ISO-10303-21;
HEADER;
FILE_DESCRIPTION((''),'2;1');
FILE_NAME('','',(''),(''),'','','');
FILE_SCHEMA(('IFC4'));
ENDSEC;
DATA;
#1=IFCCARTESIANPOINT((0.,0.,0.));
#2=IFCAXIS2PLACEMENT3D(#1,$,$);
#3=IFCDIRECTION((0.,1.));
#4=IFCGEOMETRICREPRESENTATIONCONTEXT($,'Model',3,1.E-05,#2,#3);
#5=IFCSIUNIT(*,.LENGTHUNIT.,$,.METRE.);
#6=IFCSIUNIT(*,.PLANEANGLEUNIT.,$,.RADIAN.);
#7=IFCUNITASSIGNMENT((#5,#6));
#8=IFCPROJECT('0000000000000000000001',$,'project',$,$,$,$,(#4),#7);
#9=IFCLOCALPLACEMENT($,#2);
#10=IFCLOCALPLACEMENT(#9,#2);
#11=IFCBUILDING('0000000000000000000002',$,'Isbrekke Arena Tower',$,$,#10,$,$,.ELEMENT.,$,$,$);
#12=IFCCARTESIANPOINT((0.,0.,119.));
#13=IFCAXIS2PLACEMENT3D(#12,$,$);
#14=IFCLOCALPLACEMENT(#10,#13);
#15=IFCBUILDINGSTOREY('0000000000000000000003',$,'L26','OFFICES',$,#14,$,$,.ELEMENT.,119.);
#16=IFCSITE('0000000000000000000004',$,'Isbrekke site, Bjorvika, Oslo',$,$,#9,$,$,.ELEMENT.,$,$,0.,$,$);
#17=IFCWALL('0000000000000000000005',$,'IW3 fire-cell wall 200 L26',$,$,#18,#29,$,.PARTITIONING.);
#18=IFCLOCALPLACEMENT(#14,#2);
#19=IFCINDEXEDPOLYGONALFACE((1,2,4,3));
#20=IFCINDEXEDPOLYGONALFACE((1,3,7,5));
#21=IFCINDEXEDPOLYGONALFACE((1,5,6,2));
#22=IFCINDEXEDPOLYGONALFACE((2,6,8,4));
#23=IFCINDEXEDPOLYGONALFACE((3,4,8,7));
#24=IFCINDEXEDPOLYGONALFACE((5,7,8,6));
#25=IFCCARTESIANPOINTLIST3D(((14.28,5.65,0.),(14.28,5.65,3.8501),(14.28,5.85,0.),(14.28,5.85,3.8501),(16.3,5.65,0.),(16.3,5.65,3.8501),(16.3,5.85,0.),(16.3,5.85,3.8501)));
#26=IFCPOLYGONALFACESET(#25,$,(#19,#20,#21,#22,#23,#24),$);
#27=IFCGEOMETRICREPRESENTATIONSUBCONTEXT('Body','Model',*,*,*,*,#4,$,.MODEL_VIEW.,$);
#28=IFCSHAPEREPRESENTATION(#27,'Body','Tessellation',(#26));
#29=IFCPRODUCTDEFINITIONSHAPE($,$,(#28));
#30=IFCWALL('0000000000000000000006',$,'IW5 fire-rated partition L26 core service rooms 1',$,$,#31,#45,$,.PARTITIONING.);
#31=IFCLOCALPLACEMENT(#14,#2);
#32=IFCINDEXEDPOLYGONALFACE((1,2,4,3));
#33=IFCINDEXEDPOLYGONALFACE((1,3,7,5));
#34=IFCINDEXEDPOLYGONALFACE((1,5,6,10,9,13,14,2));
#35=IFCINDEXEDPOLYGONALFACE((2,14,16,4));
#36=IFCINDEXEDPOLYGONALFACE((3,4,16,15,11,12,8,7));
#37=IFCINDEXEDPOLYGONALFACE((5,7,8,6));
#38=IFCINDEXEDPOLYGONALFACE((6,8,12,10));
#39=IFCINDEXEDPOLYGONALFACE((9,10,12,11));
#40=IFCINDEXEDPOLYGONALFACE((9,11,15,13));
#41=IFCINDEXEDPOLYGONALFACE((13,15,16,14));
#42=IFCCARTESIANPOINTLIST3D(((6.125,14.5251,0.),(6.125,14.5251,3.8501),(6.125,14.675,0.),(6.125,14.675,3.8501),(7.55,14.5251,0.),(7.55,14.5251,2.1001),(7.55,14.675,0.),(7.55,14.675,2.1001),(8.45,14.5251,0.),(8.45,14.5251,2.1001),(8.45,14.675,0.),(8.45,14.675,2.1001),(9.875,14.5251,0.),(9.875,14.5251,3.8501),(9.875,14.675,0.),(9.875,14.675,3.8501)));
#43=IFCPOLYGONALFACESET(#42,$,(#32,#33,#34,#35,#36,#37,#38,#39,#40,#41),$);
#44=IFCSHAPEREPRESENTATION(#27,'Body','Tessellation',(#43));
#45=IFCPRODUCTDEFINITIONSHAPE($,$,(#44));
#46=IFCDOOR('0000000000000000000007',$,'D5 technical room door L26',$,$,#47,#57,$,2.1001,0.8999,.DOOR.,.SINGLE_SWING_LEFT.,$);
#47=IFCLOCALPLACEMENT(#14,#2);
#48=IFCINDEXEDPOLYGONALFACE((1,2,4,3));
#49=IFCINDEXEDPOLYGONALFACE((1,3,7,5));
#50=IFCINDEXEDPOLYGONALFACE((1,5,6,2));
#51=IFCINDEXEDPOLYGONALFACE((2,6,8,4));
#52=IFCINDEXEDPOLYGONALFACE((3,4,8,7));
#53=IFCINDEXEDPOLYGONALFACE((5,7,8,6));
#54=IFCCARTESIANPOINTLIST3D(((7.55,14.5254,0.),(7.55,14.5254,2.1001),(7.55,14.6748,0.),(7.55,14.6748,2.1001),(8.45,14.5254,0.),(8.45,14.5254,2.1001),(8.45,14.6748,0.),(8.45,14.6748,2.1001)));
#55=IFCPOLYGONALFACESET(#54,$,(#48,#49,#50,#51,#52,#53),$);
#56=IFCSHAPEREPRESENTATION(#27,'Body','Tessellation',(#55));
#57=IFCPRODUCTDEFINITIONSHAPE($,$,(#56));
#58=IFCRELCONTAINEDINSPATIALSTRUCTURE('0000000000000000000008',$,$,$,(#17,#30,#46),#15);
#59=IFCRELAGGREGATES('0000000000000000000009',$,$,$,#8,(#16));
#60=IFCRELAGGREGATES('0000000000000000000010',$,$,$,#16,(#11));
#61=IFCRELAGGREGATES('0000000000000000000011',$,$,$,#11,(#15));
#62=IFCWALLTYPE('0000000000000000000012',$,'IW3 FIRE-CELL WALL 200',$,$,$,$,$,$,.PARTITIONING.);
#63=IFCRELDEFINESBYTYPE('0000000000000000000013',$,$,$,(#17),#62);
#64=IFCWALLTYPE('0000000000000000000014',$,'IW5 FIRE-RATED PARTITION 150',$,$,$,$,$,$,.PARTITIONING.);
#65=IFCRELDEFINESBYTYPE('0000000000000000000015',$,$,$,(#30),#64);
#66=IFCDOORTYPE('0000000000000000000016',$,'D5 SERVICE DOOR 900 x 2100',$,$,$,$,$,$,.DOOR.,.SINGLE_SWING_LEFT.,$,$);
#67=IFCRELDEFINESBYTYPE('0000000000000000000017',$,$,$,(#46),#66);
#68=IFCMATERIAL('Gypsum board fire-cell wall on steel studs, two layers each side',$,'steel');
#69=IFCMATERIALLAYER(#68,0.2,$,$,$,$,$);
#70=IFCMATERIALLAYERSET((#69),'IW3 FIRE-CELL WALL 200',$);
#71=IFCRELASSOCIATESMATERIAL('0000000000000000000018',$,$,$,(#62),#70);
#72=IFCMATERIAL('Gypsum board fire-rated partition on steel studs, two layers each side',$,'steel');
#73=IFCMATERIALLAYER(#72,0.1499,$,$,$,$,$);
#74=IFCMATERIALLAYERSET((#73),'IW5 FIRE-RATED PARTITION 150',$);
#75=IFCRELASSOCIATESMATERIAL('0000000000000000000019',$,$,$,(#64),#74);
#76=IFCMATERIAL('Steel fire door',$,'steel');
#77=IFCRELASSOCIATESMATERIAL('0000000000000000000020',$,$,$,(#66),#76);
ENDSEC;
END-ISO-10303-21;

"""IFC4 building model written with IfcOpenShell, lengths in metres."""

from ifc_helpers import new_model, si_unit, direction, frame, frame_2d, origin, place, context, subcontext, project, spatial, rectangle, extrude, material, layer, layer_set, type_object, element, fill, save


model = new_model("IFC4")

# Units and contexts
model_context = context("Model", 3, precision=1e-05, world=origin(), true_north=direction((0.0, 1.0)))
body_context = subcontext(model_context, "Body", "Model", "MODEL_VIEW")
ifc_project = project(units=[si_unit("LENGTHUNIT", "METRE"), si_unit("PLANEANGLEUNIT", "RADIAN")], contexts=[model_context])

# Site, building, storey
site_placement = place(None, origin())
site = spatial("IfcSite", under=ifc_project, at=site_placement, Name="Isbrekke site, Bjorvika, Oslo", CompositionType="ELEMENT", RefElevation=0.0)
building_placement = place(site_placement, origin())
building = spatial("IfcBuilding", under=site, at=building_placement, Name="Isbrekke Arena Tower", CompositionType="ELEMENT")
storey_placement = place(building_placement, frame((0.0, 0.0, 119.0)))
storey = spatial("IfcBuildingStorey", under=building, at=storey_placement, Name="L26", Description="OFFICES", CompositionType="ELEMENT", Elevation=119.0)

# Wall
ifc_material_1 = material(Name="Gypsum board fire-cell wall on steel studs, two layers each side", Category="steel")
ifc_layer_1 = layer(ifc_material_1, 0.2)
ifc_layer_set_1 = layer_set([ifc_layer_1], Name="IW3 FIRE-CELL WALL 200")
wall_type_1 = type_object("IfcWallType", Name="IW3 FIRE-CELL WALL 200", PredefinedType="PARTITIONING", material=ifc_layer_set_1)
wall_1_placement = place(storey_placement, frame((14.28, 5.75, 0.0), z_axis=(0.0, 0.0, 1.0), x_axis=(1.0, 0.0, 0.0)))
element("IfcWall", 1, at=wall_1_placement, inside=storey, type_object=wall_type_1, Name="IW3 fire-cell wall 200 L26", PredefinedType="PARTITIONING", context=body_context, shape_type="SweptSolid", body=[
    extrude(rectangle(XDim=2.02, YDim=0.2, at=frame_2d((1.01, 0.0))), origin(), (0.0, 0.0, 1.0), 3.8501),
])

# Wall, opening, door
ifc_material_2 = material(Name="Gypsum board fire-rated partition on steel studs, two layers each side", Category="steel")
ifc_layer_2 = layer(ifc_material_2, 0.1499)
ifc_layer_set_2 = layer_set([ifc_layer_2], Name="IW5 FIRE-RATED PARTITION 150")
wall_type_2 = type_object("IfcWallType", Name="IW5 FIRE-RATED PARTITION 150", PredefinedType="PARTITIONING", material=ifc_layer_set_2)
wall_2_placement = place(storey_placement, frame((6.125, 14.6001, 0.0), z_axis=(0.0, 0.0, 1.0), x_axis=(1.0, 0.0, 0.0)))
wall_2 = element("IfcWall", 2, at=wall_2_placement, inside=storey, type_object=wall_type_2, Name="IW5 fire-rated partition L26 core service rooms 1", PredefinedType="PARTITIONING", context=body_context, shape_type="SweptSolid", body=[
    extrude(rectangle(XDim=3.75, YDim=0.1499, at=frame_2d((1.875, 0.0))), origin(), (0.0, 0.0, 1.0), 3.8501),
])
opening_1_placement = place(wall_2_placement, frame((1.425, 0.0, 0.0)))
opening_1 = element("IfcOpeningElement", 3, at=opening_1_placement, cuts=wall_2, PredefinedType="OPENING", context=body_context, shape_type="SweptSolid", body=[
    extrude(rectangle(XDim=0.8999, YDim=2.1001, at=frame_2d((0.45, 1.05))), frame((0.0, 0.0898, 0.0), z_axis=(0.0, -1.0, 0.0), x_axis=(1.0, 0.0, 0.0)), (0.0, 0.0, 1.0), 0.1797),
])
ifc_material_3 = material(Name="Steel fire door", Category="steel")
door_type_1 = type_object("IfcDoorType", Name="D5 SERVICE DOOR 900 x 2100", OperationType="SINGLE_SWING_LEFT", PredefinedType="DOOR", material=ifc_material_3)
door_1_placement = place(opening_1_placement, origin())
door_1 = element("IfcDoor", 4, at=door_1_placement, inside=storey, type_object=door_type_1, Name="D5 technical room door L26", OperationType="SINGLE_SWING_LEFT", OverallHeight=2.1001, OverallWidth=0.8999, PredefinedType="DOOR", context=body_context, shape_type="SweptSolid", body=[
    extrude(rectangle(XDim=0.8999, YDim=2.1001, at=frame_2d((0.45, 1.05))), frame((0.0, 0.0747, 0.0), z_axis=(0.0, -1.0, 0.0), x_axis=(1.0, 0.0, 0.0)), (0.0, 0.0, 1.0), 0.1494),
])
fill(opening_1, door_1)

save(model, "model.ifc")
